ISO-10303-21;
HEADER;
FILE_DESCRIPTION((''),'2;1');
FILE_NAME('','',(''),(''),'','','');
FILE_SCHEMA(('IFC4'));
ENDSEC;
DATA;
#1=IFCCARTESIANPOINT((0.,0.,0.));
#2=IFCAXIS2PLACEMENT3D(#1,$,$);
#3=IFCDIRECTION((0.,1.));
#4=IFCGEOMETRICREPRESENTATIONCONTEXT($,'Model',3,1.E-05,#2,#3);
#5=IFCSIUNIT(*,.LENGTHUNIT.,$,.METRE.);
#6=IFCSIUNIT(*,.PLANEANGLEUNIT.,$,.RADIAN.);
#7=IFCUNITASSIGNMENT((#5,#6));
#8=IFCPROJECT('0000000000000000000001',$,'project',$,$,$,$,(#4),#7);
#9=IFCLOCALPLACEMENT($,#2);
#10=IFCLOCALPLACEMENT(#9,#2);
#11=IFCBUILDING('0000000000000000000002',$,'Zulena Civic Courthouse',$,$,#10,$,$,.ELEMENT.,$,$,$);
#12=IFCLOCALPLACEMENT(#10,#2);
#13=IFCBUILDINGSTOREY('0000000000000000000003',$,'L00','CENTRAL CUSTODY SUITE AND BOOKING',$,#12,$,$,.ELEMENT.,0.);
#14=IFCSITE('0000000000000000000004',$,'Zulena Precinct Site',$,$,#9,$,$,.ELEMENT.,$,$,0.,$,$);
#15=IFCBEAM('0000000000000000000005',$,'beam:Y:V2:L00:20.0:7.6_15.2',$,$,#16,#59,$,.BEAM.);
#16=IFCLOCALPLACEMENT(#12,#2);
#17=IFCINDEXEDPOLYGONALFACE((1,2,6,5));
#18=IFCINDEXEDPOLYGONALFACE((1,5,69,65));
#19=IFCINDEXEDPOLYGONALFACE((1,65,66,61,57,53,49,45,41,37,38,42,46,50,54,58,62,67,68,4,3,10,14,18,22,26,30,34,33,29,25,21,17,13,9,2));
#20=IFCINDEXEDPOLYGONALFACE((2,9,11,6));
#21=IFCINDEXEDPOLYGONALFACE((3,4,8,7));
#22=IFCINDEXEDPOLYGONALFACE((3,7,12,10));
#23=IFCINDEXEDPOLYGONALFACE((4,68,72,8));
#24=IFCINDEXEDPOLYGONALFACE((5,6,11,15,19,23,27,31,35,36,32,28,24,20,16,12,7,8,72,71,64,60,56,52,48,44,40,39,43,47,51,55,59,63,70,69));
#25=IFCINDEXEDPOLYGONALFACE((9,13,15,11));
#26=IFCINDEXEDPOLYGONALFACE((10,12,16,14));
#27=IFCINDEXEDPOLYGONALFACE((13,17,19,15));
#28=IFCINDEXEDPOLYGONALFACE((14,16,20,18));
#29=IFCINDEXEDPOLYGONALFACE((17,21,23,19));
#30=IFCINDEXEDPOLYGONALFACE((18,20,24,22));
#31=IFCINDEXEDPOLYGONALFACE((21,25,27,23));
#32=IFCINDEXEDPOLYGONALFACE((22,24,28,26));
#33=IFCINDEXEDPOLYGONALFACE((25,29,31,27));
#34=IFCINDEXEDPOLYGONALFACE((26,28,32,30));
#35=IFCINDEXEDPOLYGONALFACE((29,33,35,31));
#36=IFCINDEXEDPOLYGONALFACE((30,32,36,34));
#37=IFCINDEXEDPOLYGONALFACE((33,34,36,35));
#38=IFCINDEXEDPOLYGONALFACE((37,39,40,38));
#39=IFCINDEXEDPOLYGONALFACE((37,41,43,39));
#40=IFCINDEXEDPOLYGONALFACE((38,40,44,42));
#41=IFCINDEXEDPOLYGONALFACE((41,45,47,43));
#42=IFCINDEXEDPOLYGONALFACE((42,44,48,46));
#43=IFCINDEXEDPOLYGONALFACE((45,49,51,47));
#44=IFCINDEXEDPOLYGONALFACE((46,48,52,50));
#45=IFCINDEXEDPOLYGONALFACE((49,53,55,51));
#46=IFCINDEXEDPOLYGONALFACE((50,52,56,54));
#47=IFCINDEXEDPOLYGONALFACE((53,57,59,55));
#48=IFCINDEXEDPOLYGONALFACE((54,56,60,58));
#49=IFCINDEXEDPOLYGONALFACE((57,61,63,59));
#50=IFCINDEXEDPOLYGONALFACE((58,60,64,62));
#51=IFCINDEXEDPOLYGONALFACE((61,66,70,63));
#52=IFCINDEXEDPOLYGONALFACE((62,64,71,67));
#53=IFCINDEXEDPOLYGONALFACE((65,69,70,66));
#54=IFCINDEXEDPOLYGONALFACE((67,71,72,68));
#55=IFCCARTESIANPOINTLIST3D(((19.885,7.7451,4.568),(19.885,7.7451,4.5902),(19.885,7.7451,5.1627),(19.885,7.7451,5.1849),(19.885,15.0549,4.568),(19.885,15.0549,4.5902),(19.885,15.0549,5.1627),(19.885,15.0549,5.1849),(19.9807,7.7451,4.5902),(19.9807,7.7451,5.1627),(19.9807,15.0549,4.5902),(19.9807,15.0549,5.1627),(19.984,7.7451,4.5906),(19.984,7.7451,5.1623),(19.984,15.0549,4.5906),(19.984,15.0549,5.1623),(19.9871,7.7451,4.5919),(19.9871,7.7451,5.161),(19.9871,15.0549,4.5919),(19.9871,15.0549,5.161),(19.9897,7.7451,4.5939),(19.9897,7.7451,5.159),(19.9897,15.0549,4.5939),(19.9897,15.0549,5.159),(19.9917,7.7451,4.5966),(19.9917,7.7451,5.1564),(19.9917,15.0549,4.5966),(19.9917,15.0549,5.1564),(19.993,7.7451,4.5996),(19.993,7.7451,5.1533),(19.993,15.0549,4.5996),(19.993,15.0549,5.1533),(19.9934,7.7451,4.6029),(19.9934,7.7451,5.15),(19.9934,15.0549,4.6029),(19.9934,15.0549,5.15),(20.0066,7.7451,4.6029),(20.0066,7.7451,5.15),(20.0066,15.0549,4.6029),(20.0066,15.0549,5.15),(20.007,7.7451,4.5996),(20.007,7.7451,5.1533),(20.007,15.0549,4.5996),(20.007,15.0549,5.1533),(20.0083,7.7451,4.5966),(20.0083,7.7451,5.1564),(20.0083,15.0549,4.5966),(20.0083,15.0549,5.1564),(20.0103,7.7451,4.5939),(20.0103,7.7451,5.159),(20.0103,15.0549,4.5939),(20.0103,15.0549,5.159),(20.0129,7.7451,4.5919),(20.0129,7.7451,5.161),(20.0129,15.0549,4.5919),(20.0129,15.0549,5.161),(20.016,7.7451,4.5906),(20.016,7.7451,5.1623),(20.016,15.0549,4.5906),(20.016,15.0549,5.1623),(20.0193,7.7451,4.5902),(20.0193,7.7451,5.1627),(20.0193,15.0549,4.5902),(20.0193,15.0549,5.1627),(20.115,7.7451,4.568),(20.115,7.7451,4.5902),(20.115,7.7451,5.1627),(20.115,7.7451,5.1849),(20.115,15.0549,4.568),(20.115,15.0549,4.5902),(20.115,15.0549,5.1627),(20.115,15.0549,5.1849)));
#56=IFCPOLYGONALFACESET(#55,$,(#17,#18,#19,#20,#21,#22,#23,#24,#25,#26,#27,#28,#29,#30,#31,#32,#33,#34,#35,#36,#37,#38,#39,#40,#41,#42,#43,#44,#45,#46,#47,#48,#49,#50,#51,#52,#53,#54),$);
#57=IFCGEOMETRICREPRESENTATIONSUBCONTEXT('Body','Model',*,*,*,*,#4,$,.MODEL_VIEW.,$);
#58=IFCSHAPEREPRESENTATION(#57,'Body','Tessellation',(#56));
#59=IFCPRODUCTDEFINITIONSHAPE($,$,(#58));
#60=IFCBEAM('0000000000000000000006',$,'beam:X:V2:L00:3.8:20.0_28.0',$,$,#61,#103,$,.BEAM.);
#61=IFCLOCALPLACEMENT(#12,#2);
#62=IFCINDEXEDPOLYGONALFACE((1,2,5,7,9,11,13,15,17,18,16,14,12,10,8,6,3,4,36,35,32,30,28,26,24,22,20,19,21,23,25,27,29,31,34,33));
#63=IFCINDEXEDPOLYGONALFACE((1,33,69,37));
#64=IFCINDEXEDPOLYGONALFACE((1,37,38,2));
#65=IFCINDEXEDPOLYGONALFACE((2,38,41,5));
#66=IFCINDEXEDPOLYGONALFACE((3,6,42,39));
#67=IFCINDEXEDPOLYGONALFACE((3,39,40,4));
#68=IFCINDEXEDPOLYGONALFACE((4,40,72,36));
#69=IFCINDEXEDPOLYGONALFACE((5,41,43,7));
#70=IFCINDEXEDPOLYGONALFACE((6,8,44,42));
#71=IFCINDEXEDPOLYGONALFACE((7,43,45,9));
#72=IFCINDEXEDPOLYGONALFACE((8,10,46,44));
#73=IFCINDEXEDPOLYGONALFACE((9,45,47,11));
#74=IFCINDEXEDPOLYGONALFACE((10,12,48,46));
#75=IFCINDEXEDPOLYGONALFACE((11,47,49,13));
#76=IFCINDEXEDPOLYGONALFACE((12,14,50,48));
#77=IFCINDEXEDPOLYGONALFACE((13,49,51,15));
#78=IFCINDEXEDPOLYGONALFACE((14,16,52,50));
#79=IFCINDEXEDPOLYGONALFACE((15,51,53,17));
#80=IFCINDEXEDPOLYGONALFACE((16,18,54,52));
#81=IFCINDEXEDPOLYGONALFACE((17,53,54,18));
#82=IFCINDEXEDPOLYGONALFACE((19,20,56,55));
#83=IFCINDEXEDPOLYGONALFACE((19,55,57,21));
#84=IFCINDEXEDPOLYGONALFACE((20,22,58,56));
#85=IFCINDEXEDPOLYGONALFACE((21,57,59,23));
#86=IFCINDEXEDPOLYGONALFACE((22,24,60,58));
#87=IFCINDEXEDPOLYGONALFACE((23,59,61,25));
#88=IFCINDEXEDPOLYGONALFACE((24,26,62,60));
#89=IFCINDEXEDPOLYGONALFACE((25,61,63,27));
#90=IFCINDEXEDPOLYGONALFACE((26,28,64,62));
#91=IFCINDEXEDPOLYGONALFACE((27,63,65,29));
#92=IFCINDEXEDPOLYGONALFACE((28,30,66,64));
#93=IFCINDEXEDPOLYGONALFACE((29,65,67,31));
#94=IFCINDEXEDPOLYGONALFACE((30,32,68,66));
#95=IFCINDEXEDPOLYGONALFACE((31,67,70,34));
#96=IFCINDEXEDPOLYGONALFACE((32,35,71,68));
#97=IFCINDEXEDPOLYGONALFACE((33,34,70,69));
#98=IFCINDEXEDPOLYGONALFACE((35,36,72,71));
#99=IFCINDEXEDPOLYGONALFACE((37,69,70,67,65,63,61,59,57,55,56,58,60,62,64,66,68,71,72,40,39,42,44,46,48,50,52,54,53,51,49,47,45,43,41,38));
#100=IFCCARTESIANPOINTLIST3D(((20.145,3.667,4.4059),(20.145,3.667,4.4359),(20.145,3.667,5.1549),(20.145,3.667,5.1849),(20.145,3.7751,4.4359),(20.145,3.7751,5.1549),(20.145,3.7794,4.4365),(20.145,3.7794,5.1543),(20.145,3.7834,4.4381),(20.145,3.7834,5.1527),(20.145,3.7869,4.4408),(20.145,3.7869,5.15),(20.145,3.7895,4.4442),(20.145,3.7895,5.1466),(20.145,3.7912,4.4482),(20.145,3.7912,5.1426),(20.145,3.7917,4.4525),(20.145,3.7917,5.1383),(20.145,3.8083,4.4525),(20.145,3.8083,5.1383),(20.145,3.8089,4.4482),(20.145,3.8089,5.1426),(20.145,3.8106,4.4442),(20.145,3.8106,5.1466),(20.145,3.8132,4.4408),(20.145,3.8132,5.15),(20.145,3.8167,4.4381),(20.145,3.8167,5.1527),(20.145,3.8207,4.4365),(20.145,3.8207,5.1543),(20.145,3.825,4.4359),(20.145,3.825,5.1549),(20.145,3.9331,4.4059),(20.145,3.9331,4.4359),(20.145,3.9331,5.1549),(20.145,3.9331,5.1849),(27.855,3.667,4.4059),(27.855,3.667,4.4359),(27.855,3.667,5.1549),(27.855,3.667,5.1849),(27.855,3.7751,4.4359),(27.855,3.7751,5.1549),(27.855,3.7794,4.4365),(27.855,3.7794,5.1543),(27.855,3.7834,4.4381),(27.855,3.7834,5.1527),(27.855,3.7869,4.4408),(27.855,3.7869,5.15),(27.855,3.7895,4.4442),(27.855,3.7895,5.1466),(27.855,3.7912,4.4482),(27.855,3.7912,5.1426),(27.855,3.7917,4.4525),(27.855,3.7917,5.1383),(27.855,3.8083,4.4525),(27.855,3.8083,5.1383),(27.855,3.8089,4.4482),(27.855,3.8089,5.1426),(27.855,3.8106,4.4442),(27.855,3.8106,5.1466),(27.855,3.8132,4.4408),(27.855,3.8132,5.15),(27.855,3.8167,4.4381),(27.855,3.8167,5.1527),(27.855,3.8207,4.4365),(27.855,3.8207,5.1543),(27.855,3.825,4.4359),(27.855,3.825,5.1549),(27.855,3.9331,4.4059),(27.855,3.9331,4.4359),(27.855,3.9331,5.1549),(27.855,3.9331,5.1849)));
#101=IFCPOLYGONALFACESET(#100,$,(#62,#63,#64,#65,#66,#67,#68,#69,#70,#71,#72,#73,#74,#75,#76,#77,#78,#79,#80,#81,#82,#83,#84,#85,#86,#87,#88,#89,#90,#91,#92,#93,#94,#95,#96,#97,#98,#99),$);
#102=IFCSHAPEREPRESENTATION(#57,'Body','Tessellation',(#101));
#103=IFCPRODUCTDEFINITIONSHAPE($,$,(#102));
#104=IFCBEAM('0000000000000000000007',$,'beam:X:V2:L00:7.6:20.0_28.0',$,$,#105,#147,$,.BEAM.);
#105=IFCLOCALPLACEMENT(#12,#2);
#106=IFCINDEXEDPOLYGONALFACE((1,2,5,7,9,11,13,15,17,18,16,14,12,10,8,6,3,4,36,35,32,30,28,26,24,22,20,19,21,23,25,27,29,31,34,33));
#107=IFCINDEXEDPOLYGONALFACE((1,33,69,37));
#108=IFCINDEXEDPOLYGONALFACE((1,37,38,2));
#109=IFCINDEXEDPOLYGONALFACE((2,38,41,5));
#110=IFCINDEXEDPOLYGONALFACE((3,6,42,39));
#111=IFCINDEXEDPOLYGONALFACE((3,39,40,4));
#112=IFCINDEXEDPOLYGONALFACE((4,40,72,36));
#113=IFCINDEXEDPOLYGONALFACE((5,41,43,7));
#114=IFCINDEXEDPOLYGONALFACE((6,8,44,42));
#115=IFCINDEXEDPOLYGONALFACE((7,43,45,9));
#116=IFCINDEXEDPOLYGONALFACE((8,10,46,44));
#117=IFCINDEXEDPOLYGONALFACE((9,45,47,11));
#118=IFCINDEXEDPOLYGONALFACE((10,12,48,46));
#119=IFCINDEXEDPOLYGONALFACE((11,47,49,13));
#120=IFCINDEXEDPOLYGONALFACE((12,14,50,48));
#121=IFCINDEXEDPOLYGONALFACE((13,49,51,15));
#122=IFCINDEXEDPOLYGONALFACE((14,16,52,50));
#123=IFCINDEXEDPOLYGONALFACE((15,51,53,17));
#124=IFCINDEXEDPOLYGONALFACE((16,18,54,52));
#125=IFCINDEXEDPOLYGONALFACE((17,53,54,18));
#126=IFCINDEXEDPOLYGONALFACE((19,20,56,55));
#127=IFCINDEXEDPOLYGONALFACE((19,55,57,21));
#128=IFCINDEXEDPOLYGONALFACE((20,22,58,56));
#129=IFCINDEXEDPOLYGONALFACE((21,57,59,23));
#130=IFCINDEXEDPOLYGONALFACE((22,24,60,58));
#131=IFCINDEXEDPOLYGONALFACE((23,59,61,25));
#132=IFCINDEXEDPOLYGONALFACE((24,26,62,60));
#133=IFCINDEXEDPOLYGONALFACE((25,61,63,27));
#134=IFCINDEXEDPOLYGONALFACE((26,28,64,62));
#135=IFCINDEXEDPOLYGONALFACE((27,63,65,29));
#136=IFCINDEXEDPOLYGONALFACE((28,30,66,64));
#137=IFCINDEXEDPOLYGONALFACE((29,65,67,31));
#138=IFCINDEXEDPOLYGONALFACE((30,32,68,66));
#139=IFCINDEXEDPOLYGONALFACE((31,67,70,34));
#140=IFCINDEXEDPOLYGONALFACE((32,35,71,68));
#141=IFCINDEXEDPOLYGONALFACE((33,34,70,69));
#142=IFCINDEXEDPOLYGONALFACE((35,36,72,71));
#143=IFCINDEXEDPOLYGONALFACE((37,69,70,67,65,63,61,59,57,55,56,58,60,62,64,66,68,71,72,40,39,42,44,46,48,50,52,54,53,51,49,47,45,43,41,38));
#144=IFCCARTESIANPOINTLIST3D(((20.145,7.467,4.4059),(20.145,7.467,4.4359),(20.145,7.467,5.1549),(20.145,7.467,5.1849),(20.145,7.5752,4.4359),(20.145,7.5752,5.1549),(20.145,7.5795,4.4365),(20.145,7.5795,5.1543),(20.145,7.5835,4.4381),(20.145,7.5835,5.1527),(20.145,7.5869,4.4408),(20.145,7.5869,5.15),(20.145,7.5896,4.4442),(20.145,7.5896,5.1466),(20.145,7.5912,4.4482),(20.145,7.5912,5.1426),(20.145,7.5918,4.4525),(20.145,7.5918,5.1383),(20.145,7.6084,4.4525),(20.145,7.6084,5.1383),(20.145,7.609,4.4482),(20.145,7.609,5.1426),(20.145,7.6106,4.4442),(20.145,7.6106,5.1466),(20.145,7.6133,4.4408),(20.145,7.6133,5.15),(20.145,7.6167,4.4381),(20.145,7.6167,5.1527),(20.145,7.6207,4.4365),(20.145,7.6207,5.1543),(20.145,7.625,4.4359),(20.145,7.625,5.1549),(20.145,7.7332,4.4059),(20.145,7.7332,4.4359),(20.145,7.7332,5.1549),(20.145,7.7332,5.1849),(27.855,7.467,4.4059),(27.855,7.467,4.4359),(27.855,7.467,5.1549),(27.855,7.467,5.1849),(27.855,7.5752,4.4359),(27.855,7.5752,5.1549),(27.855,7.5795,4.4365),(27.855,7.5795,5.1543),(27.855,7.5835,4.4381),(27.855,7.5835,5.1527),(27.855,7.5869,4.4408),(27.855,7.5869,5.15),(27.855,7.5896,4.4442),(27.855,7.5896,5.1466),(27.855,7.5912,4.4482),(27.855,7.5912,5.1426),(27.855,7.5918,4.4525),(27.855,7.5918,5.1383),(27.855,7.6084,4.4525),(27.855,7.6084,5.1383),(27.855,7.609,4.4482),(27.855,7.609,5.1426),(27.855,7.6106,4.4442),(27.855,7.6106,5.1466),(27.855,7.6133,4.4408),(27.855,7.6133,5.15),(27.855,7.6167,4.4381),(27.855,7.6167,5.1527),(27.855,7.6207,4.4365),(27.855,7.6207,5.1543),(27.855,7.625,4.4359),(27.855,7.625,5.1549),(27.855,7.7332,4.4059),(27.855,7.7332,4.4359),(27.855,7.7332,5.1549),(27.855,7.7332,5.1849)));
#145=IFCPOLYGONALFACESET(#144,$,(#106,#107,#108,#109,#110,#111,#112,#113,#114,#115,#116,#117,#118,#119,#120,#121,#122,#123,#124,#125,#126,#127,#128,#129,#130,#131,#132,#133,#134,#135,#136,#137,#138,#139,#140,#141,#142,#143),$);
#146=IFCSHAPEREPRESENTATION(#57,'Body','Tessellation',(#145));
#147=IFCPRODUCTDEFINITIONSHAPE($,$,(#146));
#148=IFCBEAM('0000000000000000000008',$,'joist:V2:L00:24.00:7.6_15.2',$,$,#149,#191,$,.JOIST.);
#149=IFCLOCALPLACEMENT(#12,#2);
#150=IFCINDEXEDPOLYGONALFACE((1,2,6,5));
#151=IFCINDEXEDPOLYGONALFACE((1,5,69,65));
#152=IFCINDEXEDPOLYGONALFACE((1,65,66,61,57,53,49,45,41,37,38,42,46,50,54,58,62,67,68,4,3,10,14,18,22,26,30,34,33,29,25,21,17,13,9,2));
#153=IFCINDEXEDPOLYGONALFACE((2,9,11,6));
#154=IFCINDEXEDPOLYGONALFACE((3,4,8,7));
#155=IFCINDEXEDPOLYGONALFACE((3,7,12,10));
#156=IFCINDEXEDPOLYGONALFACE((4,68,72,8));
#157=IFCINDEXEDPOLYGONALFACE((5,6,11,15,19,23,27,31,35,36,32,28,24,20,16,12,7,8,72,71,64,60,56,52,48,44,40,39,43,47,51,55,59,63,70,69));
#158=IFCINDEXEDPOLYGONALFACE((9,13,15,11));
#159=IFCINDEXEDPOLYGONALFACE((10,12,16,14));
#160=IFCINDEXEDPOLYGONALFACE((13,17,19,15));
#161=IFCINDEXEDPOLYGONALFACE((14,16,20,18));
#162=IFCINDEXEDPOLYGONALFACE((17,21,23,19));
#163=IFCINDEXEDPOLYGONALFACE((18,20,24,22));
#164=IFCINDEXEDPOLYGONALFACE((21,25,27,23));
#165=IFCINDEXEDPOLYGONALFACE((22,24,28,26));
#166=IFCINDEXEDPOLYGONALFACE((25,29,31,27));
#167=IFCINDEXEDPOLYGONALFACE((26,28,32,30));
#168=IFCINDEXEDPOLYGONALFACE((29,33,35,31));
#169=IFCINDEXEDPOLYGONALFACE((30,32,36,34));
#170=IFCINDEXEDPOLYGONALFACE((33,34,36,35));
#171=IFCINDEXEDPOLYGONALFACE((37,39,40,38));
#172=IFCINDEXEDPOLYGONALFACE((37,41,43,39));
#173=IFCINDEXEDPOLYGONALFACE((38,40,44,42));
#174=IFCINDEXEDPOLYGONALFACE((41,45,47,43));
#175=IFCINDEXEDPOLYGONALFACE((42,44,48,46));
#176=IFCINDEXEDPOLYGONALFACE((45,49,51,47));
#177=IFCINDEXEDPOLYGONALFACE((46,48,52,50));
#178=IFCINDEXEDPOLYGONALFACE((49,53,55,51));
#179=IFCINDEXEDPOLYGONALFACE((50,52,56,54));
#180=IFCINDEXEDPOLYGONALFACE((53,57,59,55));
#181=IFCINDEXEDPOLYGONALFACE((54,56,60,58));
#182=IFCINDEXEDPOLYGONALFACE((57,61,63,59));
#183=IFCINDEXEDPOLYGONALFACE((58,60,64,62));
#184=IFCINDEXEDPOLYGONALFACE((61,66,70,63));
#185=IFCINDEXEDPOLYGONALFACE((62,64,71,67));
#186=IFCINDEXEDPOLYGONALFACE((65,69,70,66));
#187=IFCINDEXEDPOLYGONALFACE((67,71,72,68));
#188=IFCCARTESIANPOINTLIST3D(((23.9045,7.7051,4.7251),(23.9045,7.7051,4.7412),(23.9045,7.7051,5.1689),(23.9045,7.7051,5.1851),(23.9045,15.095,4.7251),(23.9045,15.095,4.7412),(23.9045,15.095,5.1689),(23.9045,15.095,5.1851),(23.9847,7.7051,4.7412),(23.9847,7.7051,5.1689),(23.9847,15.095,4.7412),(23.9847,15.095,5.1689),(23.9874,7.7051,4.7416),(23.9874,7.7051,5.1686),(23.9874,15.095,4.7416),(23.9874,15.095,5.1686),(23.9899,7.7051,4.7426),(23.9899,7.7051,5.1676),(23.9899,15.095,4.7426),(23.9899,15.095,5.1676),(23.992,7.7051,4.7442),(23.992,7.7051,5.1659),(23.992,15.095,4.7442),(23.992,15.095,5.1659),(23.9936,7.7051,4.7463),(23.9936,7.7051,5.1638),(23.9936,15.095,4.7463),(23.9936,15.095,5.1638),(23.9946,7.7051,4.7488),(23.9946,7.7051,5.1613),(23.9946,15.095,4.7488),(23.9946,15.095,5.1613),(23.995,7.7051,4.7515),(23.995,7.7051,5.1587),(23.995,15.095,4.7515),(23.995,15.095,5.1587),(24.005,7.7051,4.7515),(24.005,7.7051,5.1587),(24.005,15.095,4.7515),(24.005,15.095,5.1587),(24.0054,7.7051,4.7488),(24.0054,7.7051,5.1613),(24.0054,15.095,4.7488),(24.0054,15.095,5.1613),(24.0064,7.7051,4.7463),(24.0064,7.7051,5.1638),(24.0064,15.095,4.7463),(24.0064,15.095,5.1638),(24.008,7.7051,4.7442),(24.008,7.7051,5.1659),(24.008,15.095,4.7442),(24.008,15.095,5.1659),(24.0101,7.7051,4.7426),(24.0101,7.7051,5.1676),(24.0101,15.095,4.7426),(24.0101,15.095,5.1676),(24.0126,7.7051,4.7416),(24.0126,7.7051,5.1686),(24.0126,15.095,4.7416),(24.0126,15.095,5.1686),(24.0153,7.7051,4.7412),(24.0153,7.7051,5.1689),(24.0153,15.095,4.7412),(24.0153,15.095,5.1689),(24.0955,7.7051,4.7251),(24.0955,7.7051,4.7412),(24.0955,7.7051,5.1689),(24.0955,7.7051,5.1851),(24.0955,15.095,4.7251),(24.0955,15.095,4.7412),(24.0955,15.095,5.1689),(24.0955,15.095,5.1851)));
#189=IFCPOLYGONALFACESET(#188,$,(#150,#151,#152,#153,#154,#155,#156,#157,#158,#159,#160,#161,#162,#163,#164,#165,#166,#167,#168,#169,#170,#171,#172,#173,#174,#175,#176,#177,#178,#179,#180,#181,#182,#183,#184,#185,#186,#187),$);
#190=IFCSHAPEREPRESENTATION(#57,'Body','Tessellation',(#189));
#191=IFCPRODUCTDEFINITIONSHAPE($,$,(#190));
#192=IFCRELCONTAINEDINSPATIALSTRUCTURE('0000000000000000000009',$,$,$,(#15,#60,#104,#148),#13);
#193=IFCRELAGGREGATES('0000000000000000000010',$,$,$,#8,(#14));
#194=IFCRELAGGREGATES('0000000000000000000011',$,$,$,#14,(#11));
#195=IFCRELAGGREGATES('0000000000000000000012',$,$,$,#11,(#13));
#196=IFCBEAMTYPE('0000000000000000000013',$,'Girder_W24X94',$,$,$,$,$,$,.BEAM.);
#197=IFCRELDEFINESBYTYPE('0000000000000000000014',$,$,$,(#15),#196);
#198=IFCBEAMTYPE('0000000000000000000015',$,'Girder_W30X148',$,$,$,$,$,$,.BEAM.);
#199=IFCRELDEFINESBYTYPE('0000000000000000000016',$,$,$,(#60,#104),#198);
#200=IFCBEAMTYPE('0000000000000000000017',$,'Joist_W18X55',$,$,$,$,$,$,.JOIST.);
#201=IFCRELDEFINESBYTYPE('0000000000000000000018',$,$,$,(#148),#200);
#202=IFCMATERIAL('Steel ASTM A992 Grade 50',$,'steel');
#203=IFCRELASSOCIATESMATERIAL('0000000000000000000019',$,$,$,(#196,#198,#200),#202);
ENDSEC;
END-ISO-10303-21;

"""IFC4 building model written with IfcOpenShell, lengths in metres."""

from ifc_helpers import new_model, si_unit, direction, frame, origin, origin_2d, place, context, subcontext, project, spatial, i_section, extrude, material, material_profile, profile_set, type_object, element, save


model = new_model("IFC4")

# Units and contexts
model_context = context("Model", 3, precision=1e-05, world=origin(), true_north=direction((0.0, 1.0)))
body_context = subcontext(model_context, "Body", "Model", "MODEL_VIEW")
ifc_project = project(units=[si_unit("LENGTHUNIT", "METRE"), si_unit("PLANEANGLEUNIT", "RADIAN")], contexts=[model_context])

# Site, building, storey
site_placement = place(None, origin())
site = spatial("IfcSite", under=ifc_project, at=site_placement, Name="Zulena Precinct Site", CompositionType="ELEMENT", RefElevation=0.0)
building_placement = place(site_placement, origin())
building = spatial("IfcBuilding", under=site, at=building_placement, Name="Zulena Civic Courthouse", CompositionType="ELEMENT")
storey_placement = place(building_placement, origin())
storey = spatial("IfcBuildingStorey", under=building, at=storey_placement, Name="L00", Description="CENTRAL CUSTODY SUITE AND BOOKING", CompositionType="ELEMENT", Elevation=0.0)

# Shared definitions
ifc_material_1 = material(Name="Steel ASTM A992 Grade 50", Category="steel")

# Beams
ifc_material_profile_1 = material_profile(ifc_material_1, i_section(OverallWidth=0.23, OverallDepth=0.6169, WebThickness=0.0132, FlangeThickness=0.0222, FilletRadius=0.0127, at=origin_2d()), Name="W24X94")
ifc_profile_set_1 = profile_set([ifc_material_profile_1], Name="Steel ASTM A992 Grade 50")
beam_type_1 = type_object("IfcBeamType", Name="Girder_W24X94", PredefinedType="BEAM", material=ifc_profile_set_1)
beam_1_placement = place(storey_placement, frame((20.0, 7.7451, 4.8765), z_axis=(0.0, 1.0, 0.0), x_axis=(-1.0, 0.0, 0.0)))
element("IfcBeam", 1, at=beam_1_placement, inside=storey, type_object=beam_type_1, Name="beam:Y:V2:L00:20.0:7.6_15.2", PredefinedType="BEAM", context=body_context, shape_type="SweptSolid", body=[
    extrude(i_section(OverallWidth=0.23, OverallDepth=0.6169, WebThickness=0.0132, FlangeThickness=0.0222, FilletRadius=0.0127, at=origin_2d()), origin(), (0.0, 0.0, 1.0), 7.3098),
])
ifc_material_profile_2 = material_profile(ifc_material_1, i_section(OverallWidth=0.2661, OverallDepth=0.7791, WebThickness=0.0166, FlangeThickness=0.03, FilletRadius=0.0166, at=origin_2d()), Name="W30X148")
ifc_profile_set_2 = profile_set([ifc_material_profile_2], Name="Steel ASTM A992 Grade 50")
beam_type_2 = type_object("IfcBeamType", Name="Girder_W30X148", PredefinedType="BEAM", material=ifc_profile_set_2)
for number, where, z_axis, x_axis, name in (
    (2, (20.145, 3.8, 4.7954), (1.0, 0.0, 0.0), (0.0, 1.0, 0.0), "beam:X:V2:L00:3.8:20.0_28.0"),
    (3, (20.145, 7.6001, 4.7954), (1.0, 0.0, 0.0), (0.0, 1.0, 0.0), "beam:X:V2:L00:7.6:20.0_28.0"),
):
    element("IfcBeam", number, at=place(storey_placement, frame(where, z_axis=z_axis, x_axis=x_axis)), inside=storey, type_object=beam_type_2, Name=name, PredefinedType="BEAM", context=body_context, shape_type="SweptSolid", body=[
        extrude(i_section(OverallWidth=0.2661, OverallDepth=0.7791, WebThickness=0.0166, FlangeThickness=0.03, FilletRadius=0.0166, at=origin_2d()), origin(), (0.0, 0.0, 1.0), 7.71),
    ])
ifc_material_profile_3 = material_profile(ifc_material_1, i_section(OverallWidth=0.1909, OverallDepth=0.46, WebThickness=0.01, FlangeThickness=0.0161, FilletRadius=0.0103, at=origin_2d()), Name="W18X55")
ifc_profile_set_3 = profile_set([ifc_material_profile_3], Name="Steel ASTM A992 Grade 50")
beam_type_3 = type_object("IfcBeamType", Name="Joist_W18X55", PredefinedType="JOIST", material=ifc_profile_set_3)
beam_2_placement = place(storey_placement, frame((24.0, 7.7051, 4.9551), z_axis=(0.0, 1.0, 0.0), x_axis=(-1.0, 0.0, 0.0)))
element("IfcBeam", 4, at=beam_2_placement, inside=storey, type_object=beam_type_3, Name="joist:V2:L00:24.00:7.6_15.2", PredefinedType="JOIST", context=body_context, shape_type="SweptSolid", body=[
    extrude(i_section(OverallWidth=0.1909, OverallDepth=0.46, WebThickness=0.01, FlangeThickness=0.0161, FilletRadius=0.0103, at=origin_2d()), origin(), (0.0, 0.0, 1.0), 7.3899),
])

save(model, "model.ifc")
